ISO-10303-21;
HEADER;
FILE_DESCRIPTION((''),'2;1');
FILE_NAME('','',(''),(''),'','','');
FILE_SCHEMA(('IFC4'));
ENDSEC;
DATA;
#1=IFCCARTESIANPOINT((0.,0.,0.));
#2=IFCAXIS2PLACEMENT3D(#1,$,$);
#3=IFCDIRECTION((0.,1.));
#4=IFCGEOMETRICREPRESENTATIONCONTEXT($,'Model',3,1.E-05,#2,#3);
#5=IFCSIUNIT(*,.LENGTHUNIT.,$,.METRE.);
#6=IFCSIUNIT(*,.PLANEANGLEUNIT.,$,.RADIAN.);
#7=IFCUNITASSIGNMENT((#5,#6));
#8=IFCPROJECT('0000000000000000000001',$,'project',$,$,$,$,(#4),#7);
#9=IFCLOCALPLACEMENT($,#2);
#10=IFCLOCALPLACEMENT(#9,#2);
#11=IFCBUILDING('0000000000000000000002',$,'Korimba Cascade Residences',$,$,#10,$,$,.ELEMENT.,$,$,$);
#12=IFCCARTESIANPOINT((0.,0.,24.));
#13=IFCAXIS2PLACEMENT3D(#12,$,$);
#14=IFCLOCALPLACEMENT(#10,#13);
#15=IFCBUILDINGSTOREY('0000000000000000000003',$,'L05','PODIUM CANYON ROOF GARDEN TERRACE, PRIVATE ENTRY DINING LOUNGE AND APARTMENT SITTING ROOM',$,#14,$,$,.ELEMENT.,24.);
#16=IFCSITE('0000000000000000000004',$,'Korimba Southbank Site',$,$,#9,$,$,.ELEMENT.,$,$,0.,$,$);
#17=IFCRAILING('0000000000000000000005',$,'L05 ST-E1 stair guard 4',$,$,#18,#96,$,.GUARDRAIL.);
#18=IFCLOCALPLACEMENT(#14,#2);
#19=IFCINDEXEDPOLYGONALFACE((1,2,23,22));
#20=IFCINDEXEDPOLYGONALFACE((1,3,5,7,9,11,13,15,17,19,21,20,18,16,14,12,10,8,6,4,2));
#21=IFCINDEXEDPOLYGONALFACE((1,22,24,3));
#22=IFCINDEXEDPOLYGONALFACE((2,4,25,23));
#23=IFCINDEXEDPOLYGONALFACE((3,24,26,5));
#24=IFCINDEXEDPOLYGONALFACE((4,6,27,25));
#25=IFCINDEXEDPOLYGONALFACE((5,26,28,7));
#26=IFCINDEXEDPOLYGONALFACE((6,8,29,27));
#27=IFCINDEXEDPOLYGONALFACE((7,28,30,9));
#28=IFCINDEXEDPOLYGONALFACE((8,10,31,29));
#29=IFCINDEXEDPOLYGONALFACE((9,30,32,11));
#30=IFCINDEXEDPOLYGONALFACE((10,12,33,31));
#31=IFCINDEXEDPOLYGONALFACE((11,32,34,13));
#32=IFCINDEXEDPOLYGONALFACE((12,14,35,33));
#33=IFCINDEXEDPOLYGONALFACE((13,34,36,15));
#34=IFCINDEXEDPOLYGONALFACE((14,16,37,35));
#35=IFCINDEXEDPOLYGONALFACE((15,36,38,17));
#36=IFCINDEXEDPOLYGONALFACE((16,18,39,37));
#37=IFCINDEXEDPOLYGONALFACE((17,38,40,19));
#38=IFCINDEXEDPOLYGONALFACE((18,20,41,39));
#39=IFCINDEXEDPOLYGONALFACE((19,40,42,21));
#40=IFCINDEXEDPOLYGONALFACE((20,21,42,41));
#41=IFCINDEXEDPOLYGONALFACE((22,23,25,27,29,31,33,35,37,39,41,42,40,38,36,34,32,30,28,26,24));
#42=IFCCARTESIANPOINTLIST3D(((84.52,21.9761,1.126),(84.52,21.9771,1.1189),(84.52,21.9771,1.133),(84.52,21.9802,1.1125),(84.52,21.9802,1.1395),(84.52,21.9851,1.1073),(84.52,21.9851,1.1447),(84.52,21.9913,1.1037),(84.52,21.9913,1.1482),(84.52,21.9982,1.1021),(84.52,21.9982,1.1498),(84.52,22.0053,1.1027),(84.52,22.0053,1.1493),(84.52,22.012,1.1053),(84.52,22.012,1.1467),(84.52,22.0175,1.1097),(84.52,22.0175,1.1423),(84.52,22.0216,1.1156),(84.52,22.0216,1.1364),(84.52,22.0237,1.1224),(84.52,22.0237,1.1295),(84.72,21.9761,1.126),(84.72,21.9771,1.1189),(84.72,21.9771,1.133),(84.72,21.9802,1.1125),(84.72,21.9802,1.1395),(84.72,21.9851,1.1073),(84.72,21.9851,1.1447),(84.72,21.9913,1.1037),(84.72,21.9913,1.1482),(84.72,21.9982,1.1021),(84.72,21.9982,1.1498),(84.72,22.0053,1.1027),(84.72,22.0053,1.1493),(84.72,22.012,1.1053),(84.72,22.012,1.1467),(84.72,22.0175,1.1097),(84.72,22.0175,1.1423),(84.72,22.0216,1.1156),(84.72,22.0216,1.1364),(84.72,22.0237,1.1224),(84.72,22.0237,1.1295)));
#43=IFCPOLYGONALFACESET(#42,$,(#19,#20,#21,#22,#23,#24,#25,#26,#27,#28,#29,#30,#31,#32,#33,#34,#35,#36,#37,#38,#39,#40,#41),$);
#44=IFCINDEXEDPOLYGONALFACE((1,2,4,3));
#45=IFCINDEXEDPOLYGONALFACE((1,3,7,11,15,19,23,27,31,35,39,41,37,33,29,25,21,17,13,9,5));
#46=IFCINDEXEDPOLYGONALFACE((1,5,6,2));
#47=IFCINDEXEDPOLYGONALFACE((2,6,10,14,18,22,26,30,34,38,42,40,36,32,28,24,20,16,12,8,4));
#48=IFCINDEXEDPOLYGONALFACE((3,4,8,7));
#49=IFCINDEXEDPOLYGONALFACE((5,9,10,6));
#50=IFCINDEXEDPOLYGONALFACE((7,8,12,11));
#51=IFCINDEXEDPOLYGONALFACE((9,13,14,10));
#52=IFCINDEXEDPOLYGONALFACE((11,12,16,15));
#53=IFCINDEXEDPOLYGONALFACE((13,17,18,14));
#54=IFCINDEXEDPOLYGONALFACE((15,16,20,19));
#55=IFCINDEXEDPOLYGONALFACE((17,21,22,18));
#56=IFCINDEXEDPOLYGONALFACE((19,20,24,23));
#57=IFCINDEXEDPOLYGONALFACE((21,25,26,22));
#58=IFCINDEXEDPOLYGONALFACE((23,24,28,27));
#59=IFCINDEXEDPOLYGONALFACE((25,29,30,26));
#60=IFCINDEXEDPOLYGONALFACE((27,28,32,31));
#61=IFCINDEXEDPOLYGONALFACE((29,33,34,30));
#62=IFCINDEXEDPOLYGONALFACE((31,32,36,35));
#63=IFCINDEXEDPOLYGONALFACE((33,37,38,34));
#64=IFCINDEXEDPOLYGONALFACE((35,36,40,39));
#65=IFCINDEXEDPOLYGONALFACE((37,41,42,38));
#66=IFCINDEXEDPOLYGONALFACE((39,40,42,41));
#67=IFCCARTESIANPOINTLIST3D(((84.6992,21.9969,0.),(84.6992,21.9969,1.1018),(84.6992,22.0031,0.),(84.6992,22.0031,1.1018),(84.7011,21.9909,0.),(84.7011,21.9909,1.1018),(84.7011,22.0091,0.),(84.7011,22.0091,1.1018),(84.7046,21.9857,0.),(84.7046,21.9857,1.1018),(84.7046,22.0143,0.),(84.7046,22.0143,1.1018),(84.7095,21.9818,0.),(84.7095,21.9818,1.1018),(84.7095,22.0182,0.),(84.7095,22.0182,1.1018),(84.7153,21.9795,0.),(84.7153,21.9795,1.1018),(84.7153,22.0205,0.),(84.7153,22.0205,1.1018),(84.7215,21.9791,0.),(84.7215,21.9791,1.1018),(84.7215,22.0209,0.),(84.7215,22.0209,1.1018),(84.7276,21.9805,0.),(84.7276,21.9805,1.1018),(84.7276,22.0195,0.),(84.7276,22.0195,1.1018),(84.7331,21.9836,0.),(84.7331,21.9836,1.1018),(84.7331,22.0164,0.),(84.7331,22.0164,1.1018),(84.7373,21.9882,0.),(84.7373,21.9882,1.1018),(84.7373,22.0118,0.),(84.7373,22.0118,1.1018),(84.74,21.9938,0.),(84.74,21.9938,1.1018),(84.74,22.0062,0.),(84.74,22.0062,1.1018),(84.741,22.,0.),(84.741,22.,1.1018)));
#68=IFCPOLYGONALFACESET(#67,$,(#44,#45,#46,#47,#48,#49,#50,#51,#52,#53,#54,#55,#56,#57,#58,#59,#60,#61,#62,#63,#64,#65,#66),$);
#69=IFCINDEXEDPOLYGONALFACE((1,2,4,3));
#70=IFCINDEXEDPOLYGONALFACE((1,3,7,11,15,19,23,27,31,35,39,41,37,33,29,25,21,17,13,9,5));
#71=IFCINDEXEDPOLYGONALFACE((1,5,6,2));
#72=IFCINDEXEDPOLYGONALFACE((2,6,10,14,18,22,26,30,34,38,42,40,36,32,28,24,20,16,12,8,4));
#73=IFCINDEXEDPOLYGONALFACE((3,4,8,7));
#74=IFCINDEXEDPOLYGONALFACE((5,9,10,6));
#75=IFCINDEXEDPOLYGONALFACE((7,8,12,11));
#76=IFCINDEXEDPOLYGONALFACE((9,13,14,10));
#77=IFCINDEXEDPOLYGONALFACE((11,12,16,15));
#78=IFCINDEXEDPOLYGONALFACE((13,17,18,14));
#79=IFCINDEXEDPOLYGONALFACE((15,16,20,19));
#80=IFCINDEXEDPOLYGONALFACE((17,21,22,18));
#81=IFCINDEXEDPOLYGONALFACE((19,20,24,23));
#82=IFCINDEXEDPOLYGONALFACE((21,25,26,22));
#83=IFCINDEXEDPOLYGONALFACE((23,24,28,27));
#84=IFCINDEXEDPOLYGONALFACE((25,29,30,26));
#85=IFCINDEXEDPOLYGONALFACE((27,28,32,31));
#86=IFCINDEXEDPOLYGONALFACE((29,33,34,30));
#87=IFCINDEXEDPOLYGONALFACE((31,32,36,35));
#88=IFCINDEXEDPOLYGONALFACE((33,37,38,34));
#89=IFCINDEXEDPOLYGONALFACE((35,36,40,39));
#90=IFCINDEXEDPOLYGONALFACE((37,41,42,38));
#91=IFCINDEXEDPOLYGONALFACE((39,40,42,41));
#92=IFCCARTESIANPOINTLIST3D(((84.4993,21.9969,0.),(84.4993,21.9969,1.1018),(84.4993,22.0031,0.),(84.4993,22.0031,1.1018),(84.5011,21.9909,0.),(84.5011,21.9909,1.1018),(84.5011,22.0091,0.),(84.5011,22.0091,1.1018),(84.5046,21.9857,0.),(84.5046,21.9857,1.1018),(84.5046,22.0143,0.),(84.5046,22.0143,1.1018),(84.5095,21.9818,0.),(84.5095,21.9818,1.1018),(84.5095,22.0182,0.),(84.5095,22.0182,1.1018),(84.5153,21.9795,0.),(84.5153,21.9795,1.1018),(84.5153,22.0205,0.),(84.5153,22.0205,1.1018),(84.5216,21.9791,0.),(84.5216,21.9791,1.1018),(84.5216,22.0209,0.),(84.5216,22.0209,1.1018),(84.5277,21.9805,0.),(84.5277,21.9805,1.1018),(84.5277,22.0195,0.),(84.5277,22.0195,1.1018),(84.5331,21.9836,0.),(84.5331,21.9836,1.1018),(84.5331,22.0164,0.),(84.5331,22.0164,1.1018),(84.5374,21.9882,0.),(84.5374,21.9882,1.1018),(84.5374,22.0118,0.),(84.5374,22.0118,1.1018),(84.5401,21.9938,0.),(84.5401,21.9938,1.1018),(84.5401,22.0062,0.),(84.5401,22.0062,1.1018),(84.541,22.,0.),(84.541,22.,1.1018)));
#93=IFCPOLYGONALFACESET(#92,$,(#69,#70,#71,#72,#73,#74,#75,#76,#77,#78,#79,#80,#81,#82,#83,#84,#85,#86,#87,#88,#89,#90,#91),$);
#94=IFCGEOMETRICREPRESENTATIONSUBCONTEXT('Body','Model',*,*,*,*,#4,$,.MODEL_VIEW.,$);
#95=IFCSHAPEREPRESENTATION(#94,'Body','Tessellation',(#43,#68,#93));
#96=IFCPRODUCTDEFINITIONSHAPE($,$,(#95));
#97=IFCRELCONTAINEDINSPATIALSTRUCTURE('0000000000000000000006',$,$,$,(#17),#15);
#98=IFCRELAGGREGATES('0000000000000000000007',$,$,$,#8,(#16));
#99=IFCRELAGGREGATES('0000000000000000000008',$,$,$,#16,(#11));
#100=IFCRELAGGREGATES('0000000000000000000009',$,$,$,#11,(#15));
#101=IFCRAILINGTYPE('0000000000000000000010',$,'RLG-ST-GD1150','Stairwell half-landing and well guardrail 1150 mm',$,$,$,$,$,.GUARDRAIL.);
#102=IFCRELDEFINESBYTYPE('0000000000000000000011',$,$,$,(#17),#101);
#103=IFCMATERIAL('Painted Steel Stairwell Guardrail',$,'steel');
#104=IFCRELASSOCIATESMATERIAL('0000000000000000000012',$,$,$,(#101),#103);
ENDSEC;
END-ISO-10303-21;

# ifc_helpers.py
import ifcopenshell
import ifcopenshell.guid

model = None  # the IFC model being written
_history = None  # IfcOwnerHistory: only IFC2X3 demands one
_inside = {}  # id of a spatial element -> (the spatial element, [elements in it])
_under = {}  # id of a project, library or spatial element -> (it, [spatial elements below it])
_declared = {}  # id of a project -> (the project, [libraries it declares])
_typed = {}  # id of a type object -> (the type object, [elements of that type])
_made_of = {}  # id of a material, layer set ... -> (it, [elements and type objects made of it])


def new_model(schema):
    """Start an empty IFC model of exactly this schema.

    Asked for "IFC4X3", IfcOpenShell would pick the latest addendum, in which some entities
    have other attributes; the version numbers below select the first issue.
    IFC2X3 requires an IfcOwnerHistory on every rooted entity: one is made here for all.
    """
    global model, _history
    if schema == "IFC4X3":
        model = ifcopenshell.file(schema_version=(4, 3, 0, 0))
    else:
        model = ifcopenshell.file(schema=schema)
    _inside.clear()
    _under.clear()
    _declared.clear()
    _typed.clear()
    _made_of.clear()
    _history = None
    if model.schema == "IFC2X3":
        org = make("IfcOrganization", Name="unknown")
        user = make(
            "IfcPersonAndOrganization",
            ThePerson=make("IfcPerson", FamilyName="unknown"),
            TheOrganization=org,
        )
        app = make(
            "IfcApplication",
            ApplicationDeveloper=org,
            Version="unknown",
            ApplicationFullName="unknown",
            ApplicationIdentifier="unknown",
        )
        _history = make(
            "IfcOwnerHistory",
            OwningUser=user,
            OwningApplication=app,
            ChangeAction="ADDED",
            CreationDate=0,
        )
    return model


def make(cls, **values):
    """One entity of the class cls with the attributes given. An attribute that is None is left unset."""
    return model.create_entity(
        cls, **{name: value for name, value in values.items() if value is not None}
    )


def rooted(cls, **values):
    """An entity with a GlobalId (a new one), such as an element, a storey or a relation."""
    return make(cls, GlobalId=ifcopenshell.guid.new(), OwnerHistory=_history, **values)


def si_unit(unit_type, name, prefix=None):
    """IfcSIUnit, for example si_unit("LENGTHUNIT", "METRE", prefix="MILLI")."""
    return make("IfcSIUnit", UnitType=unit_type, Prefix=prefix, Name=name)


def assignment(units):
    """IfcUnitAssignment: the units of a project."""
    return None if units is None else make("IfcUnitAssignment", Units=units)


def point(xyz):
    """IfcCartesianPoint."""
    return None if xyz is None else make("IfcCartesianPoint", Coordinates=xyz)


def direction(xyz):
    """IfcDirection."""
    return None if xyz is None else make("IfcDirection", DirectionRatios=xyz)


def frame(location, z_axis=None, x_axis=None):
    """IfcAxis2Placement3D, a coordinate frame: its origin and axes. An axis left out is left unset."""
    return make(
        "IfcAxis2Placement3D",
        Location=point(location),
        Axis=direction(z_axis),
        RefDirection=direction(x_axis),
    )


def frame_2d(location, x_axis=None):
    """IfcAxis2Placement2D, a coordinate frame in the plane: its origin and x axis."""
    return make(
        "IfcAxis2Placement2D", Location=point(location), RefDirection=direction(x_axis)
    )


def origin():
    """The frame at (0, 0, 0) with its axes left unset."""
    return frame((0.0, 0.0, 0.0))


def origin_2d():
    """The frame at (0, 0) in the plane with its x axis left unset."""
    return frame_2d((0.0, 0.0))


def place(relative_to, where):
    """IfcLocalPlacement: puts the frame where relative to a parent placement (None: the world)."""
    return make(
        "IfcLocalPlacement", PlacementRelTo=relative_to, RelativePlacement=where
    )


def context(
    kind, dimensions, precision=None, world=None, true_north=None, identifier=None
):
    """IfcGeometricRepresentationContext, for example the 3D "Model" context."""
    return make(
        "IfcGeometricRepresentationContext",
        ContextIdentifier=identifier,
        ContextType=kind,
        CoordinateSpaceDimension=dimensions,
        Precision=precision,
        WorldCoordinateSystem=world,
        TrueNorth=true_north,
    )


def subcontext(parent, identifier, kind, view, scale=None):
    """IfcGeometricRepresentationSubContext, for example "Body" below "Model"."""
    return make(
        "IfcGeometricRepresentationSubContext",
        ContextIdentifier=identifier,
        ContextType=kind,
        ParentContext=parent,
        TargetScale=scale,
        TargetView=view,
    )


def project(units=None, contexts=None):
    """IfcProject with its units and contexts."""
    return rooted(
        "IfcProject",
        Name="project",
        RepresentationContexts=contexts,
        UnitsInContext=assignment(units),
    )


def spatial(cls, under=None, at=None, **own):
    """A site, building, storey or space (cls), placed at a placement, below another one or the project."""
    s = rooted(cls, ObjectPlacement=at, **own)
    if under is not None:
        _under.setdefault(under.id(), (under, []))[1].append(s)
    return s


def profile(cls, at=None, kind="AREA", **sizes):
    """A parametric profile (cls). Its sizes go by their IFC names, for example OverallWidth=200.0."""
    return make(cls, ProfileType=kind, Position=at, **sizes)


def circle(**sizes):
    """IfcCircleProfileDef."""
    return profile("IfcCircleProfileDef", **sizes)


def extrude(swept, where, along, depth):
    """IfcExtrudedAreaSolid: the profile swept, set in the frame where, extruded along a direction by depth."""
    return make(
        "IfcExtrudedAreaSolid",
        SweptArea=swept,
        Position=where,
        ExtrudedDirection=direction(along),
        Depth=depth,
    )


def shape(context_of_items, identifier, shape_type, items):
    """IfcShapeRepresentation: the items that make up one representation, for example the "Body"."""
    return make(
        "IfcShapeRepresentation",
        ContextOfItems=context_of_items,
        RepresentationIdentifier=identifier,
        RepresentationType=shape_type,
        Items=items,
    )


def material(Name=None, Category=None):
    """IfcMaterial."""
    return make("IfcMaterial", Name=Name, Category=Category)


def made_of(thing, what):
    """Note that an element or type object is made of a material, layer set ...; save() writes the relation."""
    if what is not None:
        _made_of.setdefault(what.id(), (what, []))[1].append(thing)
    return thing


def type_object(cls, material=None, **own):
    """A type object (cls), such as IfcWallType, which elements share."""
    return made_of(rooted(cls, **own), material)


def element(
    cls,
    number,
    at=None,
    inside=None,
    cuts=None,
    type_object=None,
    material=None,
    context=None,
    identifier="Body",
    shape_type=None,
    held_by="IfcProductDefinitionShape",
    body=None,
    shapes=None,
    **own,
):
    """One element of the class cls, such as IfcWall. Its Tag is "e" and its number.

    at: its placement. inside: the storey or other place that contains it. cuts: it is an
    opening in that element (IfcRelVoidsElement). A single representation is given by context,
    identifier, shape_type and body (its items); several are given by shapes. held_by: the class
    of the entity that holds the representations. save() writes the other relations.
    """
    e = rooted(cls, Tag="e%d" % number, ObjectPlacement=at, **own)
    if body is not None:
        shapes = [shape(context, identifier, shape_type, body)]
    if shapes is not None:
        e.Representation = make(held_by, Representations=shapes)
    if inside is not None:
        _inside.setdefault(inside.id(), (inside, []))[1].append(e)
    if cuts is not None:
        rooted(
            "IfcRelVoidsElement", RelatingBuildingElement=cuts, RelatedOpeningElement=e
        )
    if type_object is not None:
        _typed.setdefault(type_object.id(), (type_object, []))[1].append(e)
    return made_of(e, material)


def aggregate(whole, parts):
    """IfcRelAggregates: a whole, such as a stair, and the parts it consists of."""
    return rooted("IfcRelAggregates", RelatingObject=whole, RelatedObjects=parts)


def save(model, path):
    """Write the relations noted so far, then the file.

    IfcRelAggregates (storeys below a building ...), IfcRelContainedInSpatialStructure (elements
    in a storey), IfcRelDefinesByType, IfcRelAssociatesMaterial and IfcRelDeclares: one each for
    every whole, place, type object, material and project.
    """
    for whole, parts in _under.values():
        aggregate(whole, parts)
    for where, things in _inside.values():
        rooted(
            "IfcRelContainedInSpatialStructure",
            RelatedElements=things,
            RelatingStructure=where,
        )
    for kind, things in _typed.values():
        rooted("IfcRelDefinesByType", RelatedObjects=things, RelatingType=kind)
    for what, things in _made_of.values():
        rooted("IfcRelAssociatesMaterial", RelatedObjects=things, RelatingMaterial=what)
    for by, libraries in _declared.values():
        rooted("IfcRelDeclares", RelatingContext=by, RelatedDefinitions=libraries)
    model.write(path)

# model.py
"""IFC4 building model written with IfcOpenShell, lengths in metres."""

from ifc_helpers import new_model, si_unit, direction, frame, origin, origin_2d, place, context, subcontext, project, spatial, circle, extrude, material, type_object, element, save


model = new_model("IFC4")

# Units and contexts
model_context = context("Model", 3, precision=1e-05, world=origin(), true_north=direction((0.0, 1.0)))
body_context = subcontext(model_context, "Body", "Model", "MODEL_VIEW")
ifc_project = project(units=[si_unit("LENGTHUNIT", "METRE"), si_unit("PLANEANGLEUNIT", "RADIAN")], contexts=[model_context])

# Site, building, storey
site_placement = place(None, origin())
site = spatial("IfcSite", under=ifc_project, at=site_placement, Name="Korimba Southbank Site", CompositionType="ELEMENT", RefElevation=0.0)
building_placement = place(site_placement, origin())
building = spatial("IfcBuilding", under=site, at=building_placement, Name="Korimba Cascade Residences", CompositionType="ELEMENT")
storey_placement = place(building_placement, frame((0.0, 0.0, 24.0)))
storey = spatial("IfcBuildingStorey", under=building, at=storey_placement, Name="L05", Description="PODIUM CANYON ROOF GARDEN TERRACE, PRIVATE ENTRY DINING LOUNGE AND APARTMENT SITTING ROOM", CompositionType="ELEMENT", Elevation=24.0)

# Railing
ifc_material_1 = material(Name="Painted Steel Stairwell Guardrail", Category="steel")
railing_type_1 = type_object("IfcRailingType", Name="RLG-ST-GD1150", Description="Stairwell half-landing and well guardrail 1150 mm", PredefinedType="GUARDRAIL", material=ifc_material_1)
railing_1_placement = place(storey_placement, frame((84.72, 22.0, 0.0)))
element("IfcRailing", 1, at=railing_1_placement, inside=storey, type_object=railing_type_1, Name="L05 ST-E1 stair guard 4", PredefinedType="GUARDRAIL", context=body_context, shape_type="SweptSolid", body=[
    extrude(circle(Radius=0.0239, at=origin_2d()), frame((0.0, 0.0, 1.126), z_axis=(-1.0, 0.0, 0.0), x_axis=(0.0, -1.0, 0.0)), (0.0, 0.0, 1.0), 0.2),
    extrude(circle(Radius=0.021, at=origin_2d()), origin(), (0.0, 0.0, 1.0), 1.1018),
    extrude(circle(Radius=0.021, at=origin_2d()), frame((-0.2, 0.0, 0.0)), (0.0, 0.0, 1.0), 1.1018),
])

save(model, "model.ifc")
